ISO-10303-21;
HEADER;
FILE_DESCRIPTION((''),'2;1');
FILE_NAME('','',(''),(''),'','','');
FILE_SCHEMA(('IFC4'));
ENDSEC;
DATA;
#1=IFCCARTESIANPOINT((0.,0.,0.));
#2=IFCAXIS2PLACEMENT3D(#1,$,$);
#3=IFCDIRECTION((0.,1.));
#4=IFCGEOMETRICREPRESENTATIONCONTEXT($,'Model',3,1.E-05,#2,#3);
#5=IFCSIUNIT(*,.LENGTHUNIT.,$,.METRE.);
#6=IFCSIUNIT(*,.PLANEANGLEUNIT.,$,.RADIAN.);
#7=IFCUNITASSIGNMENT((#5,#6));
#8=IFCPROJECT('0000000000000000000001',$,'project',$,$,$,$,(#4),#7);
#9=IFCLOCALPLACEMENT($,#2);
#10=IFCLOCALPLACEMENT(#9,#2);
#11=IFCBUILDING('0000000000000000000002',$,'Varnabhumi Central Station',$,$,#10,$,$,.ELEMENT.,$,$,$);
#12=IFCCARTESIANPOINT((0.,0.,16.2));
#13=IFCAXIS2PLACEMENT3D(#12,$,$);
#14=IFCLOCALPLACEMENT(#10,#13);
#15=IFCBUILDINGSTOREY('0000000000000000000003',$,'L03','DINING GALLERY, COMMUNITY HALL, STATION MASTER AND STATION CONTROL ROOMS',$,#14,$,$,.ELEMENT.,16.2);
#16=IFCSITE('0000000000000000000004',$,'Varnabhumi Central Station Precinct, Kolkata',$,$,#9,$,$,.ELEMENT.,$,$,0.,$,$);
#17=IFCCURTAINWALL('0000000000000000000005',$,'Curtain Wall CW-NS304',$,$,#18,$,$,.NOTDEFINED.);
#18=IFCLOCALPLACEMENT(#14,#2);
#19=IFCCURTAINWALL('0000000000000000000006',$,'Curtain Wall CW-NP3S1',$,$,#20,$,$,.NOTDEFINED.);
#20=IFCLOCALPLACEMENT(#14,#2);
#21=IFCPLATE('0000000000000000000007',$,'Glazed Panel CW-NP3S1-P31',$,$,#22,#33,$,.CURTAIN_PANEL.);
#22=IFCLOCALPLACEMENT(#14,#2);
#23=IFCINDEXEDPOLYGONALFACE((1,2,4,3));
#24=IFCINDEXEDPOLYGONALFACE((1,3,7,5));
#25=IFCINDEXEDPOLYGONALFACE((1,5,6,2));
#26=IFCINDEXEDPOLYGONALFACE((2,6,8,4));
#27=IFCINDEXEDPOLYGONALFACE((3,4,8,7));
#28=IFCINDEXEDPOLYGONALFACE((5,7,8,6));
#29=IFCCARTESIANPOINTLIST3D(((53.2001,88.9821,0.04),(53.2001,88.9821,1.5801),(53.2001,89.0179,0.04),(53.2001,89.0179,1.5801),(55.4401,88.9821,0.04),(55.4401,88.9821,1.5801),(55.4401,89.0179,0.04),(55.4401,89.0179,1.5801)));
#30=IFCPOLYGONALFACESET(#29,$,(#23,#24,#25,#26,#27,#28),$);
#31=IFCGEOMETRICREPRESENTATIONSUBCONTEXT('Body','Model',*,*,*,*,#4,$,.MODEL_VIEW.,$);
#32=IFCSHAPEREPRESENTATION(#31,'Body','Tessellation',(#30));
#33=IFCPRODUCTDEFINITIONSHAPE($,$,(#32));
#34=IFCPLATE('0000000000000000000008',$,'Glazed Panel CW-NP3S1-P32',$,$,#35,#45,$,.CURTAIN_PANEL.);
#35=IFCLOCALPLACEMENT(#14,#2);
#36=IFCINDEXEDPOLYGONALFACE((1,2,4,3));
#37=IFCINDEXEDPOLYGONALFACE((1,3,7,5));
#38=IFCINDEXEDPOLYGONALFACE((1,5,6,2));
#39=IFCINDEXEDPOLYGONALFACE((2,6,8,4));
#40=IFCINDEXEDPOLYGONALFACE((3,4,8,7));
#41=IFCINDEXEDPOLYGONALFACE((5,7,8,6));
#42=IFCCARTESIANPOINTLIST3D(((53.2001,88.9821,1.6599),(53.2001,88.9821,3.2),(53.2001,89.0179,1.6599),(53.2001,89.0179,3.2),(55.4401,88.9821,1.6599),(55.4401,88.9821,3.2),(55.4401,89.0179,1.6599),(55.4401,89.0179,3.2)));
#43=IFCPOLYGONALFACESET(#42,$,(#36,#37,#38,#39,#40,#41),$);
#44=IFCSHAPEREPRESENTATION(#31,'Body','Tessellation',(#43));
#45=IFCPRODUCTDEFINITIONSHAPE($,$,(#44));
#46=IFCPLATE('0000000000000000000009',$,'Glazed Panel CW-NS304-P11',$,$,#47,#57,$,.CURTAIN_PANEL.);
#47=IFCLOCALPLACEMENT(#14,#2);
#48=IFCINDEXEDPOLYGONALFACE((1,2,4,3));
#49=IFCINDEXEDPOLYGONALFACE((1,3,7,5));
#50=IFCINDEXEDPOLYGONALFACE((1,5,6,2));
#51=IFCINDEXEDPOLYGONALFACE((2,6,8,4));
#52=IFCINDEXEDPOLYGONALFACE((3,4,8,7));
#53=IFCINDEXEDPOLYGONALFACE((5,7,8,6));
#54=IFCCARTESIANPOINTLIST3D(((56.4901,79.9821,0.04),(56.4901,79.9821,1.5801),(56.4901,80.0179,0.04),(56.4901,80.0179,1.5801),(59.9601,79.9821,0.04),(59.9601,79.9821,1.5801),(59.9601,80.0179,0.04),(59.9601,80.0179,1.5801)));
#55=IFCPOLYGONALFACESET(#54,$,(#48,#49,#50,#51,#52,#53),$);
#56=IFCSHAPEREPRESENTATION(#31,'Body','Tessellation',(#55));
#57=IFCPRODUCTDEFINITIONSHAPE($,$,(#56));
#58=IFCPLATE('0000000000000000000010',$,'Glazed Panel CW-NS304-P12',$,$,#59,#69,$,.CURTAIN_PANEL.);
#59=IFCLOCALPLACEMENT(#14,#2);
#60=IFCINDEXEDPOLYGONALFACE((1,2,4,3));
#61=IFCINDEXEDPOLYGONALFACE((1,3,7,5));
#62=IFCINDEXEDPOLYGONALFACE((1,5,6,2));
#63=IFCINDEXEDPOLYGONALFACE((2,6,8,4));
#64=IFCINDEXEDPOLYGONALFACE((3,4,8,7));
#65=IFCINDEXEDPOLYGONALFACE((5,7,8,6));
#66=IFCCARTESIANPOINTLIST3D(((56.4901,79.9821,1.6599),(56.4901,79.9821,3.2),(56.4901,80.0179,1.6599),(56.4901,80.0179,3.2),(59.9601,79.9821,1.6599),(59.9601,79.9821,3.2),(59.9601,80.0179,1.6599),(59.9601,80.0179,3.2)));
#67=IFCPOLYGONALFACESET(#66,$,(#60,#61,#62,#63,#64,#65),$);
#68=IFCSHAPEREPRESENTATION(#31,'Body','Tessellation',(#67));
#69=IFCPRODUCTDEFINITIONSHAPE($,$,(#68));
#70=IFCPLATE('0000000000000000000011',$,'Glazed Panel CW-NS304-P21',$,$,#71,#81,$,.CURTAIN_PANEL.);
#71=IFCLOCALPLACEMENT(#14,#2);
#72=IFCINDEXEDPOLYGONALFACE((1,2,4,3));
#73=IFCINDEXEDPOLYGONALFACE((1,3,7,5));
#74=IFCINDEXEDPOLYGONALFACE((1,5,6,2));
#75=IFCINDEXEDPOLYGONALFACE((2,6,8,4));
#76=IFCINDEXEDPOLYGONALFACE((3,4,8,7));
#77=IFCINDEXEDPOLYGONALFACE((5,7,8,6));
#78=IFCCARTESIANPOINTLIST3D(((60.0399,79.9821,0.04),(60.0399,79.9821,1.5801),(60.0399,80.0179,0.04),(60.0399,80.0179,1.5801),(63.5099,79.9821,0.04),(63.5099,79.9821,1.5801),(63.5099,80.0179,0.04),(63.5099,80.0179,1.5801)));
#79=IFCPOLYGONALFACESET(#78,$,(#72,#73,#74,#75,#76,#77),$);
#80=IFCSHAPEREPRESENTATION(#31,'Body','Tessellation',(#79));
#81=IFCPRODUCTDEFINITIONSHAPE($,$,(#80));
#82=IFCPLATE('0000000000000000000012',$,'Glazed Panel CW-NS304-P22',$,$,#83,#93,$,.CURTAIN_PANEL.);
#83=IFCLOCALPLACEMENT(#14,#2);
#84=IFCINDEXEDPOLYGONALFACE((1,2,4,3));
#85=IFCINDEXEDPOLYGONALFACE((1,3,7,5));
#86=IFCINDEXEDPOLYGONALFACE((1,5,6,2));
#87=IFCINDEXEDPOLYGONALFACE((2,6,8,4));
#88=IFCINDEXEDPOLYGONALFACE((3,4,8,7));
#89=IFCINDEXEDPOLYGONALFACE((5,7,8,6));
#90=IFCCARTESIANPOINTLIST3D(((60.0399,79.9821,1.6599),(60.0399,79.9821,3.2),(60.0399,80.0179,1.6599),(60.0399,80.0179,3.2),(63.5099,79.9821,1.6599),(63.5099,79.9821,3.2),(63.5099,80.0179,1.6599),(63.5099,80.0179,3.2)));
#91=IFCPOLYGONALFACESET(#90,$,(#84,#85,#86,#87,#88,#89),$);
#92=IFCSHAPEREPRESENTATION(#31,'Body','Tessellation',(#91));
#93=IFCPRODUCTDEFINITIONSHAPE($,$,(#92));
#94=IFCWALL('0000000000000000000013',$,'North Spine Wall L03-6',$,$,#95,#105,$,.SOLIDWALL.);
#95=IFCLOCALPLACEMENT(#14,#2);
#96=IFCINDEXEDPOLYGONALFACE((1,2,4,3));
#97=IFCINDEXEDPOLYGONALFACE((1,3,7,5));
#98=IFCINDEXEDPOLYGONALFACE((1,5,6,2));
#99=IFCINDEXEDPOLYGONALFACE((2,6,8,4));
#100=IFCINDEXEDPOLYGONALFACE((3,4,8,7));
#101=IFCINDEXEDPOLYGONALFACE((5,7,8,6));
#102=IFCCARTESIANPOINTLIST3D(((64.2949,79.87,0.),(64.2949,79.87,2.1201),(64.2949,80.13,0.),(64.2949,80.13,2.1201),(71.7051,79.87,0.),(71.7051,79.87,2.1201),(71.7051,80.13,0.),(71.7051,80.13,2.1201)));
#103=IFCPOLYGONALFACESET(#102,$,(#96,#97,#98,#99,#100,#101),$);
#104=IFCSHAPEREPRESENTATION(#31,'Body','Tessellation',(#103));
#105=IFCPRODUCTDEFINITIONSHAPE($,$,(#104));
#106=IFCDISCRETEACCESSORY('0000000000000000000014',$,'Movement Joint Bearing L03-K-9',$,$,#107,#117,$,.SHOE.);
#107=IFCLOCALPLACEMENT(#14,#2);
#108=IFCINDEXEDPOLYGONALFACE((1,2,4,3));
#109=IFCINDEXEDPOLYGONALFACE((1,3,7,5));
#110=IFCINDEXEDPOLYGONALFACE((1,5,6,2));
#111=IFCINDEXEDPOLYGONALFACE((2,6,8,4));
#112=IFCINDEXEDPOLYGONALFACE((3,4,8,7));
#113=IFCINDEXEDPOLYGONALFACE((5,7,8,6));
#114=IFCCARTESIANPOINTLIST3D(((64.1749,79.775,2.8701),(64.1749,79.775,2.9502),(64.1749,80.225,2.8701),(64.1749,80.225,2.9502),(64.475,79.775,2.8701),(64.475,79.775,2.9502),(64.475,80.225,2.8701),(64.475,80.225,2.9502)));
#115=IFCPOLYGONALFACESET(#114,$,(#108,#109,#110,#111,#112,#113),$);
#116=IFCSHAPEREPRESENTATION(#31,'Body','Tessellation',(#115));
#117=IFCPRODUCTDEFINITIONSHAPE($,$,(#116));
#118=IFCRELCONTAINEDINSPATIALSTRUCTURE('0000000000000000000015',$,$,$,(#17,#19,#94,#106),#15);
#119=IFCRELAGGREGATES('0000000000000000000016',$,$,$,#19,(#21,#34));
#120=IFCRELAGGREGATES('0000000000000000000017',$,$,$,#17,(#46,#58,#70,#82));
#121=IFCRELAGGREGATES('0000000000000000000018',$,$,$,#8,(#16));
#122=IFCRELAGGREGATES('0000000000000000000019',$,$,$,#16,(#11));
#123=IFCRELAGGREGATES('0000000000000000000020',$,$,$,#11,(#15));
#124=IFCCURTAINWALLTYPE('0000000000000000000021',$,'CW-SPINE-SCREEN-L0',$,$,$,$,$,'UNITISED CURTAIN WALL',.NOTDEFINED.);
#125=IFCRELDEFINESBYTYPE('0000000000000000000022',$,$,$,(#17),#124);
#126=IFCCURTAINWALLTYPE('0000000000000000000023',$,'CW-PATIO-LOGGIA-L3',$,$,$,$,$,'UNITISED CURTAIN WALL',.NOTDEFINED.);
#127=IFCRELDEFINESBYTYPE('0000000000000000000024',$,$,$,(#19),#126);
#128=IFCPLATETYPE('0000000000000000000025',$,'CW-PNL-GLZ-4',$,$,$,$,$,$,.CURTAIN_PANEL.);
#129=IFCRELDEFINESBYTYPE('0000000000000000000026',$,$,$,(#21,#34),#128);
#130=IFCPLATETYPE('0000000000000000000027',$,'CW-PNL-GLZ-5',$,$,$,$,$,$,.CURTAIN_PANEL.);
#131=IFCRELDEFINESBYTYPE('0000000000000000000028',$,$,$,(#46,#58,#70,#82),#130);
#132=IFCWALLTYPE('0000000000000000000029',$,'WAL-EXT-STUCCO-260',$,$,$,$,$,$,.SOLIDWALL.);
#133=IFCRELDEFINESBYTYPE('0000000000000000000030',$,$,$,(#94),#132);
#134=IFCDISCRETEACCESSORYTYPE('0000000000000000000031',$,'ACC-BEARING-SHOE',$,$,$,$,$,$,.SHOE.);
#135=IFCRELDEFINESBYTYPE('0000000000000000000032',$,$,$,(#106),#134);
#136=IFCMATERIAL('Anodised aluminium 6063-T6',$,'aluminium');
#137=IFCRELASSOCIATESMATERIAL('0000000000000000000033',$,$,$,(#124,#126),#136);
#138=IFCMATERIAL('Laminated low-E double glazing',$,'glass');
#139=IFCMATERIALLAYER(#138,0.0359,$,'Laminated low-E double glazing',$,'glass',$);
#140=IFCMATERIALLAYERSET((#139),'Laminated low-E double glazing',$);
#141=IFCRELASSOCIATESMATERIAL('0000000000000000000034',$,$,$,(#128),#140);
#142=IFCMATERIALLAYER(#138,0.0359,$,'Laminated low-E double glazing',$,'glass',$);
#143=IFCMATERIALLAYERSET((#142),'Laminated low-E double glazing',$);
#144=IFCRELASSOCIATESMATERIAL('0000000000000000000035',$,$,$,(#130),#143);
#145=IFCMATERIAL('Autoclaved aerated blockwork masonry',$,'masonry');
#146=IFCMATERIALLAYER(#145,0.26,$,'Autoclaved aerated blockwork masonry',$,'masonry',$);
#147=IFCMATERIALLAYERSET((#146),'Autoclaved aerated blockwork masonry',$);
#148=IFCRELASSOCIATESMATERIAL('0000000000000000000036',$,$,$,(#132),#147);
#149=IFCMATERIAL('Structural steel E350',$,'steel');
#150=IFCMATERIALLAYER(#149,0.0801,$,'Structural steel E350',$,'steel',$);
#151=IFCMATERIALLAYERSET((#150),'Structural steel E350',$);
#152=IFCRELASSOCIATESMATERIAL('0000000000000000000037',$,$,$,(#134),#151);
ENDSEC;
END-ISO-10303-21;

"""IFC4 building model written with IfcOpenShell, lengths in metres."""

from ifc_helpers import new_model, si_unit, direction, frame, frame_2d, origin, origin_2d, place, context, subcontext, project, spatial, rectangle, extrude, material, layer, layer_set, type_object, element, aggregate, save


model = new_model("IFC4")

# Units and contexts
model_context = context("Model", 3, precision=1e-05, world=origin(), true_north=direction((0.0, 1.0)))
body_context = subcontext(model_context, "Body", "Model", "MODEL_VIEW")
ifc_project = project(units=[si_unit("LENGTHUNIT", "METRE"), si_unit("PLANEANGLEUNIT", "RADIAN")], contexts=[model_context])

# Site, building, storey
site_placement = place(None, origin())
site = spatial("IfcSite", under=ifc_project, at=site_placement, Name="Varnabhumi Central Station Precinct, Kolkata", CompositionType="ELEMENT", RefElevation=0.0)
building_placement = place(site_placement, origin())
building = spatial("IfcBuilding", under=site, at=building_placement, Name="Varnabhumi Central Station", CompositionType="ELEMENT")
storey_placement = place(building_placement, frame((0.0, 0.0, 16.2)))
storey = spatial("IfcBuildingStorey", under=building, at=storey_placement, Name="L03", Description="DINING GALLERY, COMMUNITY HALL, STATION MASTER AND STATION CONTROL ROOMS", CompositionType="ELEMENT", Elevation=16.2)

# Shared definitions
ifc_material_1 = material(Name="Structural steel E350", Category="steel")

# Curtain walls
ifc_material_2 = material(Name="Anodised aluminium 6063-T6", Category="aluminium")
curtain_wall_type_1 = type_object("IfcCurtainWallType", Name="CW-SPINE-SCREEN-L0", ElementType="UNITISED CURTAIN WALL", PredefinedType="NOTDEFINED", material=ifc_material_2)
curtain_wall_1_placement = place(storey_placement, origin())
curtain_wall_1 = element("IfcCurtainWall", 1, at=curtain_wall_1_placement, inside=storey, type_object=curtain_wall_type_1, Name="Curtain Wall CW-NS304", PredefinedType="NOTDEFINED")
curtain_wall_type_2 = type_object("IfcCurtainWallType", Name="CW-PATIO-LOGGIA-L3", ElementType="UNITISED CURTAIN WALL", PredefinedType="NOTDEFINED", material=ifc_material_2)
curtain_wall_2_placement = place(storey_placement, origin())
curtain_wall_2 = element("IfcCurtainWall", 2, at=curtain_wall_2_placement, inside=storey, type_object=curtain_wall_type_2, Name="Curtain Wall CW-NP3S1", PredefinedType="NOTDEFINED")

# Plates
ifc_material_3 = material(Name="Laminated low-E double glazing", Category="glass")
ifc_layer_1 = layer(ifc_material_3, 0.0359, Name="Laminated low-E double glazing", Category="glass")
ifc_layer_set_1 = layer_set([ifc_layer_1], Name="Laminated low-E double glazing")
plate_type_1 = type_object("IfcPlateType", Name="CW-PNL-GLZ-4", PredefinedType="CURTAIN_PANEL", material=ifc_layer_set_1)
plate_1_placement = place(storey_placement, frame((54.3201, 89.0, 0.04), z_axis=(0.0, 0.0, 1.0), x_axis=(1.0, 0.0, 0.0)))
plate_1 = element("IfcPlate", 3, at=plate_1_placement, type_object=plate_type_1, Name="Glazed Panel CW-NP3S1-P31", PredefinedType="CURTAIN_PANEL", context=body_context, shape_type="SweptSolid", body=[
    extrude(rectangle(XDim=2.24, YDim=0.0359, at=origin_2d()), origin(), (0.0, 0.0, 1.0), 1.54),
])
plate_2_placement = place(storey_placement, frame((54.3201, 89.0, 1.6599), z_axis=(0.0, 0.0, 1.0), x_axis=(1.0, 0.0, 0.0)))
plate_2 = element("IfcPlate", 4, at=plate_2_placement, type_object=plate_type_1, Name="Glazed Panel CW-NP3S1-P32", PredefinedType="CURTAIN_PANEL", context=body_context, shape_type="SweptSolid", body=[
    extrude(rectangle(XDim=2.24, YDim=0.0359, at=origin_2d()), origin(), (0.0, 0.0, 1.0), 1.54),
])
aggregate(curtain_wall_2, [plate_1, plate_2])
ifc_layer_2 = layer(ifc_material_3, 0.0359, Name="Laminated low-E double glazing", Category="glass")
ifc_layer_set_2 = layer_set([ifc_layer_2], Name="Laminated low-E double glazing")
plate_type_2 = type_object("IfcPlateType", Name="CW-PNL-GLZ-5", PredefinedType="CURTAIN_PANEL", material=ifc_layer_set_2)
plate_3_placement = place(storey_placement, frame((58.2251, 80.0, 0.04), z_axis=(0.0, 0.0, 1.0), x_axis=(1.0, 0.0, 0.0)))
plate_3 = element("IfcPlate", 5, at=plate_3_placement, type_object=plate_type_2, Name="Glazed Panel CW-NS304-P11", PredefinedType="CURTAIN_PANEL", context=body_context, shape_type="SweptSolid", body=[
    extrude(rectangle(XDim=3.47, YDim=0.0359, at=origin_2d()), origin(), (0.0, 0.0, 1.0), 1.54),
])
plate_4_placement = place(storey_placement, frame((58.2251, 80.0, 1.6599), z_axis=(0.0, 0.0, 1.0), x_axis=(1.0, 0.0, 0.0)))
plate_4 = element("IfcPlate", 6, at=plate_4_placement, type_object=plate_type_2, Name="Glazed Panel CW-NS304-P12", PredefinedType="CURTAIN_PANEL", context=body_context, shape_type="SweptSolid", body=[
    extrude(rectangle(XDim=3.47, YDim=0.0359, at=origin_2d()), origin(), (0.0, 0.0, 1.0), 1.54),
])
plate_5_placement = place(storey_placement, frame((61.7749, 80.0, 0.04), z_axis=(0.0, 0.0, 1.0), x_axis=(1.0, 0.0, 0.0)))
plate_5 = element("IfcPlate", 7, at=plate_5_placement, type_object=plate_type_2, Name="Glazed Panel CW-NS304-P21", PredefinedType="CURTAIN_PANEL", context=body_context, shape_type="SweptSolid", body=[
    extrude(rectangle(XDim=3.47, YDim=0.0359, at=origin_2d()), origin(), (0.0, 0.0, 1.0), 1.54),
])
plate_6_placement = place(storey_placement, frame((61.7749, 80.0, 1.6599), z_axis=(0.0, 0.0, 1.0), x_axis=(1.0, 0.0, 0.0)))
plate_6 = element("IfcPlate", 8, at=plate_6_placement, type_object=plate_type_2, Name="Glazed Panel CW-NS304-P22", PredefinedType="CURTAIN_PANEL", context=body_context, shape_type="SweptSolid", body=[
    extrude(rectangle(XDim=3.47, YDim=0.0359, at=origin_2d()), origin(), (0.0, 0.0, 1.0), 1.54),
])
aggregate(curtain_wall_1, [plate_3, plate_4, plate_5, plate_6])

# Wall
ifc_material_4 = material(Name="Autoclaved aerated blockwork masonry", Category="masonry")
ifc_layer_3 = layer(ifc_material_4, 0.26, Name="Autoclaved aerated blockwork masonry", Category="masonry")
ifc_layer_set_3 = layer_set([ifc_layer_3], Name="Autoclaved aerated blockwork masonry")
wall_type = type_object("IfcWallType", Name="WAL-EXT-STUCCO-260", PredefinedType="SOLIDWALL", material=ifc_layer_set_3)
wall_placement = place(storey_placement, frame((64.2949, 80.0, 0.0), z_axis=(0.0, 0.0, 1.0), x_axis=(1.0, 0.0, 0.0)))
element("IfcWall", 9, at=wall_placement, inside=storey, type_object=wall_type, Name="North Spine Wall L03-6", PredefinedType="SOLIDWALL", context=body_context, shape_type="SweptSolid", body=[
    extrude(rectangle(XDim=7.4102, YDim=0.26, at=frame_2d((3.7051, 0.0))), origin(), (0.0, 0.0, 1.0), 2.1201),
])

# Discrete accessory
ifc_layer_4 = layer(ifc_material_1, 0.0801, Name="Structural steel E350", Category="steel")
ifc_layer_set_4 = layer_set([ifc_layer_4], Name="Structural steel E350")
discrete_accessory_type = type_object("IfcDiscreteAccessoryType", Name="ACC-BEARING-SHOE", PredefinedType="SHOE", material=ifc_layer_set_4)
discrete_accessory_placement = place(storey_placement, frame((64.325, 80.0, 2.8701), z_axis=(0.0, 0.0, 1.0), x_axis=(1.0, 0.0, 0.0)))
element("IfcDiscreteAccessory", 10, at=discrete_accessory_placement, inside=storey, type_object=discrete_accessory_type, Name="Movement Joint Bearing L03-K-9", PredefinedType="SHOE", context=body_context, shape_type="SweptSolid", body=[
    extrude(rectangle(XDim=0.3, YDim=0.45, at=origin_2d()), origin(), (0.0, 0.0, 1.0), 0.0801),
])

save(model, "model.ifc")
